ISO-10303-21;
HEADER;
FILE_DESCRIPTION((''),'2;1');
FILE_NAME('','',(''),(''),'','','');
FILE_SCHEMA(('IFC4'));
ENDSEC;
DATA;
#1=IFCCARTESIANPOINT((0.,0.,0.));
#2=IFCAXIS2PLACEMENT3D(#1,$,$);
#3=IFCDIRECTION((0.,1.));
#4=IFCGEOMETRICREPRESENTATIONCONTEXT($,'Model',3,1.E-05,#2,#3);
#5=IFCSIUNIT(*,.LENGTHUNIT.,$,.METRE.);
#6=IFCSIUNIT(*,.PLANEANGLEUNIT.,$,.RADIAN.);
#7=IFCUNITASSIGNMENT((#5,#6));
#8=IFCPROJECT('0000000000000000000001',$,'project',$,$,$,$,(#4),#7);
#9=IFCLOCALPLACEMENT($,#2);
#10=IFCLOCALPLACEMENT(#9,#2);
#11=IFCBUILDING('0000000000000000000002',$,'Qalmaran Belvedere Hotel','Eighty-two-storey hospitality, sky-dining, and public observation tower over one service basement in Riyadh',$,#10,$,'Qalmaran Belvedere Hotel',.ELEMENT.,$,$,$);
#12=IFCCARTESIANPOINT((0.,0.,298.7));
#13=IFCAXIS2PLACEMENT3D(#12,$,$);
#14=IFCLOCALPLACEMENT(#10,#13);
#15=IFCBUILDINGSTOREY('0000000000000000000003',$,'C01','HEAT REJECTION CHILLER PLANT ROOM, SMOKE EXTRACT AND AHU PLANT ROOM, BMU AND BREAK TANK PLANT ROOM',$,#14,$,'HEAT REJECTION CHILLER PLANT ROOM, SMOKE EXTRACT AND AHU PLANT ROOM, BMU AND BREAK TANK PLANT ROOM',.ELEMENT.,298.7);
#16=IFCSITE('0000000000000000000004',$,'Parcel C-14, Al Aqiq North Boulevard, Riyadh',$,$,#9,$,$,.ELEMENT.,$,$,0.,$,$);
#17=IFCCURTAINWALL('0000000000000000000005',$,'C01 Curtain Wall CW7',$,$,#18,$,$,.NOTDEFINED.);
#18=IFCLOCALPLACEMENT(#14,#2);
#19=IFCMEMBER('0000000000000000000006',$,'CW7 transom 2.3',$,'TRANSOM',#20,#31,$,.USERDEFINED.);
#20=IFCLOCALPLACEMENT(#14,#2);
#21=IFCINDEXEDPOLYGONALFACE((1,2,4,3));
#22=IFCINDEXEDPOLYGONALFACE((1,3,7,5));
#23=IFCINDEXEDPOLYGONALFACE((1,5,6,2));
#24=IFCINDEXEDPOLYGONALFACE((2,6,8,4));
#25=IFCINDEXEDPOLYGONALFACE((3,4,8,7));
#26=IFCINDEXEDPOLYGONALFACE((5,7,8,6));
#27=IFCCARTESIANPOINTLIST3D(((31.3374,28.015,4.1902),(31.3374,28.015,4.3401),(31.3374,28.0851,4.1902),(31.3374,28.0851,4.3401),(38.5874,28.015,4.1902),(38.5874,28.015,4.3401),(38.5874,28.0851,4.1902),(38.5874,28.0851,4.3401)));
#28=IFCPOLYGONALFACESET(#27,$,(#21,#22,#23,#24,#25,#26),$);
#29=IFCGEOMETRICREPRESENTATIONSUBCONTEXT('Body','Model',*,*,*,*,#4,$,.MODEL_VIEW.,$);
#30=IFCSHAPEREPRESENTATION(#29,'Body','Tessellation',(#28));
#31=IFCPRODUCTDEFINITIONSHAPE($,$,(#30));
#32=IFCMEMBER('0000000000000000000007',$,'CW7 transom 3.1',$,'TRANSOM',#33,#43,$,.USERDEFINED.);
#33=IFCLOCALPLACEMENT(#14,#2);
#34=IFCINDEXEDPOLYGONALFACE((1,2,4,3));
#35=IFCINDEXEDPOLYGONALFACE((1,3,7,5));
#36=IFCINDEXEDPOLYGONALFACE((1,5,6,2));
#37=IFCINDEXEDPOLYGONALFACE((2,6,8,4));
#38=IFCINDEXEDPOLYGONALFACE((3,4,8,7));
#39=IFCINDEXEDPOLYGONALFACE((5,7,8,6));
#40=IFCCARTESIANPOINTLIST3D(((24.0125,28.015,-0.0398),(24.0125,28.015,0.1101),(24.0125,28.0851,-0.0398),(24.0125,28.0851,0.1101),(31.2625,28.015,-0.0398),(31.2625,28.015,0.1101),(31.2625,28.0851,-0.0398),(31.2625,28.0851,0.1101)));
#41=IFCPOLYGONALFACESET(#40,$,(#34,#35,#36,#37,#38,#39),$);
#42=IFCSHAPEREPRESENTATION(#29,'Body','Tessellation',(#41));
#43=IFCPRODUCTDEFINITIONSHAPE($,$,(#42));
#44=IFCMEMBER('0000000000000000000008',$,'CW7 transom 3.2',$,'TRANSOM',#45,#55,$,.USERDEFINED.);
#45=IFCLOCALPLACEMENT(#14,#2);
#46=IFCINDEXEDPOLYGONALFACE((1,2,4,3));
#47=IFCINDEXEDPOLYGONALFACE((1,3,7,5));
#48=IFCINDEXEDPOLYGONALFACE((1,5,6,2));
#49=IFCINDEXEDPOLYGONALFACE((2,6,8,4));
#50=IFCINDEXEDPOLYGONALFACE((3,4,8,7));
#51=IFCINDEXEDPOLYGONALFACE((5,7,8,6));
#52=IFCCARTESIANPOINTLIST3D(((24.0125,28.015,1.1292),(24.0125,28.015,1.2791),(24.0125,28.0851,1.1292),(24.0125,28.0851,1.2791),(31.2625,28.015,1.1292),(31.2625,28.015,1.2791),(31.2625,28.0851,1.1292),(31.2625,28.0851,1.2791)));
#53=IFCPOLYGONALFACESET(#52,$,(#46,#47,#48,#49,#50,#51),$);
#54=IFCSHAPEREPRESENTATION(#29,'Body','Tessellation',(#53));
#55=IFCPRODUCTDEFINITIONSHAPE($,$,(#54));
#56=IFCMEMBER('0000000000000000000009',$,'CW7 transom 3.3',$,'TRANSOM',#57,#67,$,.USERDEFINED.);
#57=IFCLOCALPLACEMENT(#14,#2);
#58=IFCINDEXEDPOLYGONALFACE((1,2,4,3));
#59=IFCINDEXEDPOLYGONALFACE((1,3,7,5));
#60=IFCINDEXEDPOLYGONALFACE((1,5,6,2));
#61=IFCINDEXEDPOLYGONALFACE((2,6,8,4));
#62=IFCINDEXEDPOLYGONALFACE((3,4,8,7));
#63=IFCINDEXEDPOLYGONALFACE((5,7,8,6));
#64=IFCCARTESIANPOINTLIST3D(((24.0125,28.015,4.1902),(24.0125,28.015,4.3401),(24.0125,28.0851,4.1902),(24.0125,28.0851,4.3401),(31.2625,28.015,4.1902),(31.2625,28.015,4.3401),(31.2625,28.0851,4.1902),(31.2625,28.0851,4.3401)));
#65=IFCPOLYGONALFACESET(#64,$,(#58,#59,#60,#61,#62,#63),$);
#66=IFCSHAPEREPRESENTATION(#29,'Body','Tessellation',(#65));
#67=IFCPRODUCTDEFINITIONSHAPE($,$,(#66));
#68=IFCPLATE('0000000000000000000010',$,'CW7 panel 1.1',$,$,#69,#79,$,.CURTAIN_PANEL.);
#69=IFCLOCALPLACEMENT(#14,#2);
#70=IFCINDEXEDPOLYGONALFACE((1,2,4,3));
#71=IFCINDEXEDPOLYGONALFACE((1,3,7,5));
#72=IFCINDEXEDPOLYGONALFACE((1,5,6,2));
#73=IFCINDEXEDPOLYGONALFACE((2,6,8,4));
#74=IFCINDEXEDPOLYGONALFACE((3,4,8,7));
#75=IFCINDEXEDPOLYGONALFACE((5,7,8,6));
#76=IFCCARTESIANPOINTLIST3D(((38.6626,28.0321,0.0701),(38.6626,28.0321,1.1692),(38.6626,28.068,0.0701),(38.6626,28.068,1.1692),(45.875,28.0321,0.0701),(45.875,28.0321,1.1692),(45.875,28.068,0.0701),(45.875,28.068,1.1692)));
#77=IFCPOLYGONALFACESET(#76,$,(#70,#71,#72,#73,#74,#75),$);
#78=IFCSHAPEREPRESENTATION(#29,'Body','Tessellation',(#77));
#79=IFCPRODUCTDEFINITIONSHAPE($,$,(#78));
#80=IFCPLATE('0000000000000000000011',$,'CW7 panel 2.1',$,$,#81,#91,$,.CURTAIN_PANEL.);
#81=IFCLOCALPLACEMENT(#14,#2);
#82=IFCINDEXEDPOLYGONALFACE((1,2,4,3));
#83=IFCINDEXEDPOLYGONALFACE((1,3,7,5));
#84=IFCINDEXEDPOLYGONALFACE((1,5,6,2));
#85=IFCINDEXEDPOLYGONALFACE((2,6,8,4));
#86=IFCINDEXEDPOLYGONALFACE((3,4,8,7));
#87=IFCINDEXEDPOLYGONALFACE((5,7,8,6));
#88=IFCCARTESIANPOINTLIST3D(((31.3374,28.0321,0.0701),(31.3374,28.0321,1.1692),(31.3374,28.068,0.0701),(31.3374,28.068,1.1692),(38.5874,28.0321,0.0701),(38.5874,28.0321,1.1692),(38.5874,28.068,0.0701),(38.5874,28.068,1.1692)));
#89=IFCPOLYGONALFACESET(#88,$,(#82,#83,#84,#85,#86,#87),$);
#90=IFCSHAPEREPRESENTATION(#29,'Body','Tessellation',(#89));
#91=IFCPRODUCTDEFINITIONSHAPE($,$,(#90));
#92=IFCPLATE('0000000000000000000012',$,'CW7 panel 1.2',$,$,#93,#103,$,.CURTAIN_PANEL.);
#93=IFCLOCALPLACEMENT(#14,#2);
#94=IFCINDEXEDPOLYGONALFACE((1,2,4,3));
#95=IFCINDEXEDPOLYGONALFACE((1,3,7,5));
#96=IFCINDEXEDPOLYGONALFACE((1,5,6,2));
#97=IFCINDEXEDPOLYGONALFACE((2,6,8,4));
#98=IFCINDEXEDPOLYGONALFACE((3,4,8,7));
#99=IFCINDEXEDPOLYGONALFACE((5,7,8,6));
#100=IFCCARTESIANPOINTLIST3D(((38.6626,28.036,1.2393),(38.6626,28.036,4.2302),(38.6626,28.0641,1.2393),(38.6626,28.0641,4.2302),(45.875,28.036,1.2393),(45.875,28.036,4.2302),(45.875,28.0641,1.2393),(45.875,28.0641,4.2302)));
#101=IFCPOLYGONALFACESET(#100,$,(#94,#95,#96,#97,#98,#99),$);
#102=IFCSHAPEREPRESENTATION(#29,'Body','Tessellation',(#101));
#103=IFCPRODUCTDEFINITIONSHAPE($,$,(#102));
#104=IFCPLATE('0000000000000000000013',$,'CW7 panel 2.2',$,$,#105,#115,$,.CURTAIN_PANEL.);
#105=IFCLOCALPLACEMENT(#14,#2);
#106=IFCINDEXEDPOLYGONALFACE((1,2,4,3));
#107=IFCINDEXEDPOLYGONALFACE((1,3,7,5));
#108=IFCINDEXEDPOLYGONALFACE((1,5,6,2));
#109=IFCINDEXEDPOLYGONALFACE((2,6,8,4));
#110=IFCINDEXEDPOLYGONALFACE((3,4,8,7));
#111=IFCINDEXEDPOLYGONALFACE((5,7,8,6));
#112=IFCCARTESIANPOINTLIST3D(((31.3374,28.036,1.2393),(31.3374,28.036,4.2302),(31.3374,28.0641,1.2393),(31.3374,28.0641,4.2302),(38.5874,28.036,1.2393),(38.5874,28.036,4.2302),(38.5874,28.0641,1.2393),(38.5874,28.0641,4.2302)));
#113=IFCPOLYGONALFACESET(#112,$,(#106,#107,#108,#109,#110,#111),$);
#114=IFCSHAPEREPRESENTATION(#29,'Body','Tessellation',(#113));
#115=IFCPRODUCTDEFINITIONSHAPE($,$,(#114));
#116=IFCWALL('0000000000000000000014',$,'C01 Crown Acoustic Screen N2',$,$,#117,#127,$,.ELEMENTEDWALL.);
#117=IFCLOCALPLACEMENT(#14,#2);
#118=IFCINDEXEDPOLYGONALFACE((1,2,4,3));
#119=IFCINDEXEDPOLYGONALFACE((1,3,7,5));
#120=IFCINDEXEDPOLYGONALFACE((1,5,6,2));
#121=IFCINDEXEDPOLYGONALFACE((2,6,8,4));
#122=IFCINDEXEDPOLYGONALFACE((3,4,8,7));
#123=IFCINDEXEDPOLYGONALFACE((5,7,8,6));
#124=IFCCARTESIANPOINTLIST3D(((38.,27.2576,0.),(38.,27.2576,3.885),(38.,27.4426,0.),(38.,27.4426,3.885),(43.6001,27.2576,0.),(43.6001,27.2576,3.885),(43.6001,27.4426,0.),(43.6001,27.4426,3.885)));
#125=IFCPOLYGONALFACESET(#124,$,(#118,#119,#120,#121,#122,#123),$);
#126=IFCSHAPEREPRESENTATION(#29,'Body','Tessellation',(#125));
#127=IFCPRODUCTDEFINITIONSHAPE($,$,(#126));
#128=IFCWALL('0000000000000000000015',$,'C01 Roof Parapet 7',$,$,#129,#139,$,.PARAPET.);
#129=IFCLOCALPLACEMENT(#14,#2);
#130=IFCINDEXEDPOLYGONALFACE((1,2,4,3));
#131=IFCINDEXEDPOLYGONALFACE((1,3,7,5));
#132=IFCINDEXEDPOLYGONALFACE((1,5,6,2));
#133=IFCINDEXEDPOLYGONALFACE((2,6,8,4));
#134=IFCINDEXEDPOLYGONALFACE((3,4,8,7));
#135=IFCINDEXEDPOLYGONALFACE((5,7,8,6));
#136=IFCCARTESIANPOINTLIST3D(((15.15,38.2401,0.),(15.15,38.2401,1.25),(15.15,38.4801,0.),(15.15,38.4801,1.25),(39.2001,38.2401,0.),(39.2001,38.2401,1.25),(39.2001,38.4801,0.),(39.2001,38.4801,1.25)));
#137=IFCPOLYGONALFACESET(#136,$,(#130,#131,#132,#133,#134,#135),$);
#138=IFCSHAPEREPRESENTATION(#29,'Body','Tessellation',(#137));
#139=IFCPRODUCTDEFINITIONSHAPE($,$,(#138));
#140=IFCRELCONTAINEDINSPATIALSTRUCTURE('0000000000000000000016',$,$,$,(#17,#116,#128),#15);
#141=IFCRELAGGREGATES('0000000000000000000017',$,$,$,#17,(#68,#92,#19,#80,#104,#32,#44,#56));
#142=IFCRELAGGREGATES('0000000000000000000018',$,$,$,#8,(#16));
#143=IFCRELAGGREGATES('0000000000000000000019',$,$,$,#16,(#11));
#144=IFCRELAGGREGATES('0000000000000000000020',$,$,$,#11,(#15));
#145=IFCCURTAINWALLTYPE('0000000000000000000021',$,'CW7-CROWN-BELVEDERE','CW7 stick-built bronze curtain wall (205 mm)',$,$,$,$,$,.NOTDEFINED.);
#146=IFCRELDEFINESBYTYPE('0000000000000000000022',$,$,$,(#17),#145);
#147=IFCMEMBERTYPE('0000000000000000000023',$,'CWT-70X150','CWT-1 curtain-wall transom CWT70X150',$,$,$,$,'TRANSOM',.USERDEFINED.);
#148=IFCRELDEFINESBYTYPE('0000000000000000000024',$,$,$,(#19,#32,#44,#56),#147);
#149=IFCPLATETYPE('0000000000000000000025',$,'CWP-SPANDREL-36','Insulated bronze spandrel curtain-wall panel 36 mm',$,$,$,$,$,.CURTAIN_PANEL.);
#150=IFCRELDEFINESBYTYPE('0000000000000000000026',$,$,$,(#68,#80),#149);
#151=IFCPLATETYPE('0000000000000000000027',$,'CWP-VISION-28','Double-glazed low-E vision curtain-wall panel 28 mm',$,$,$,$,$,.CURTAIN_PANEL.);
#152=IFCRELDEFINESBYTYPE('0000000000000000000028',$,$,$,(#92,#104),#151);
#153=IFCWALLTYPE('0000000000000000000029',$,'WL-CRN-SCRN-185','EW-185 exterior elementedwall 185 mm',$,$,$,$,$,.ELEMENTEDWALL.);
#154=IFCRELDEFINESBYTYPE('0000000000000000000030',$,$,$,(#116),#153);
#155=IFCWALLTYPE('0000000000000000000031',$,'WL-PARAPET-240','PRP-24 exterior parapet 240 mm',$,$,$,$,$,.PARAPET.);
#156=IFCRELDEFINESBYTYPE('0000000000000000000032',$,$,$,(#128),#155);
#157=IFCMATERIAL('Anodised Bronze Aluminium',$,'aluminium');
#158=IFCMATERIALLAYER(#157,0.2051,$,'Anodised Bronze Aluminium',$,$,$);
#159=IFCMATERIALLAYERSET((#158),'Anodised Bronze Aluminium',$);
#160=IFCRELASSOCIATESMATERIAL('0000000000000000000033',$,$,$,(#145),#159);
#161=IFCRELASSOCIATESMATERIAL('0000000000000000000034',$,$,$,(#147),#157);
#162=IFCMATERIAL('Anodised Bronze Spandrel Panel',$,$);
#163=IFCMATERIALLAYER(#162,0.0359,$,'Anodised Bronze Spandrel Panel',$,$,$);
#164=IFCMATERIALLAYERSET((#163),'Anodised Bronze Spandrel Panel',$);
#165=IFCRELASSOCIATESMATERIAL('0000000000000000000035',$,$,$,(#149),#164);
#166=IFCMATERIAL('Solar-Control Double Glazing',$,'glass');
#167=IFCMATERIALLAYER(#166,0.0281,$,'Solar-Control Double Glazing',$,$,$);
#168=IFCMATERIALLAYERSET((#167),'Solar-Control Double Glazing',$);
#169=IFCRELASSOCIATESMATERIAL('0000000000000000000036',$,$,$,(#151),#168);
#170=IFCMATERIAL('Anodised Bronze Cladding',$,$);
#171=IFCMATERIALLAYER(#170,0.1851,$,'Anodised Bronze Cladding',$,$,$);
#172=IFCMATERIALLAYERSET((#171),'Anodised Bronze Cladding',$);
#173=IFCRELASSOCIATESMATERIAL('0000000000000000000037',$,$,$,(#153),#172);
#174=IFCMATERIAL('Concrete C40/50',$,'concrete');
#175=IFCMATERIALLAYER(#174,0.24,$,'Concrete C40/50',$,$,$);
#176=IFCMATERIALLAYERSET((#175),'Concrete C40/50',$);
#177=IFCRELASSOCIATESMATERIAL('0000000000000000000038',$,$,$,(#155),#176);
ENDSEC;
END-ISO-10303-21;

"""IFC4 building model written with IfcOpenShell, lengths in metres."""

from ifc_helpers import new_model, si_unit, direction, frame, frame_2d, origin, origin_2d, place, context, subcontext, project, spatial, rectangle, extrude, material, layer, layer_set, material_profile, profile_set, type_object, element, aggregate, save


model = new_model("IFC4")

# Units and contexts
model_context = context("Model", 3, precision=1e-05, world=origin(), true_north=direction((0.0, 1.0)))
body_context = subcontext(model_context, "Body", "Model", "MODEL_VIEW")
ifc_project = project(units=[si_unit("LENGTHUNIT", "METRE"), si_unit("PLANEANGLEUNIT", "RADIAN")], contexts=[model_context])

# Site, building, storey
site_placement = place(None, origin())
site = spatial("IfcSite", under=ifc_project, at=site_placement, Name="Parcel C-14, Al Aqiq North Boulevard, Riyadh", CompositionType="ELEMENT", RefElevation=0.0)
building_placement = place(site_placement, origin())
building = spatial("IfcBuilding", under=site, at=building_placement, Name="Qalmaran Belvedere Hotel", Description="Eighty-two-storey hospitality, sky-dining, and public observation tower over one service basement in Riyadh", LongName="Qalmaran Belvedere Hotel", CompositionType="ELEMENT")
storey_placement = place(building_placement, frame((0.0, 0.0, 298.7)))
storey = spatial("IfcBuildingStorey", under=building, at=storey_placement, Name="C01", Description="HEAT REJECTION CHILLER PLANT ROOM, SMOKE EXTRACT AND AHU PLANT ROOM, BMU AND BREAK TANK PLANT ROOM", LongName="HEAT REJECTION CHILLER PLANT ROOM, SMOKE EXTRACT AND AHU PLANT ROOM, BMU AND BREAK TANK PLANT ROOM", CompositionType="ELEMENT", Elevation=298.7)

# Curtain wall
ifc_material_1 = material(Name="Anodised Bronze Aluminium", Category="aluminium")
ifc_layer_1 = layer(ifc_material_1, 0.2051, Name="Anodised Bronze Aluminium")
ifc_layer_set_1 = layer_set([ifc_layer_1], Name="Anodised Bronze Aluminium")
curtain_wall_type = type_object("IfcCurtainWallType", Name="CW7-CROWN-BELVEDERE", Description="CW7 stick-built bronze curtain wall (205 mm)", PredefinedType="NOTDEFINED", material=ifc_layer_set_1)
curtain_wall_1_placement = place(storey_placement, origin())
curtain_wall_1 = element("IfcCurtainWall", 1, at=curtain_wall_1_placement, inside=storey, type_object=curtain_wall_type, Name="C01 Curtain Wall CW7", PredefinedType="NOTDEFINED")

# Members
ifc_material_profile_1 = material_profile(ifc_material_1, rectangle(XDim=0.0701, YDim=0.1499, at=origin_2d()), Name="CWT70X150")
ifc_profile_set_1 = profile_set([ifc_material_profile_1], Name="Anodised Bronze Aluminium")
member_type_1 = type_object("IfcMemberType", Name="CWT-70X150", Description="CWT-1 curtain-wall transom CWT70X150", ElementType="TRANSOM", PredefinedType="USERDEFINED", material=ifc_profile_set_1)
member_1_placement = place(storey_placement, frame((38.5874, 28.05, 4.2651), z_axis=(-1.0, 0.0, 0.0), x_axis=(0.0, -1.0, 0.0)))
member_1 = element("IfcMember", 2, at=member_1_placement, type_object=member_type_1, Name="CW7 transom 2.3", ObjectType="TRANSOM", PredefinedType="USERDEFINED", context=body_context, shape_type="SweptSolid", body=[
    extrude(rectangle(XDim=0.0701, YDim=0.1499, at=origin_2d()), origin(), (0.0, 0.0, 1.0), 7.25),
])
member_2_placement = place(storey_placement, frame((31.2625, 28.05, 0.0352), z_axis=(-1.0, 0.0, 0.0), x_axis=(0.0, -1.0, 0.0)))
member_2 = element("IfcMember", 3, at=member_2_placement, type_object=member_type_1, Name="CW7 transom 3.1", ObjectType="TRANSOM", PredefinedType="USERDEFINED", context=body_context, shape_type="SweptSolid", body=[
    extrude(rectangle(XDim=0.0701, YDim=0.1499, at=origin_2d()), origin(), (0.0, 0.0, 1.0), 7.25),
])
member_3_placement = place(storey_placement, frame((31.2625, 28.05, 1.2041), z_axis=(-1.0, 0.0, 0.0), x_axis=(0.0, -1.0, 0.0)))
member_3 = element("IfcMember", 4, at=member_3_placement, type_object=member_type_1, Name="CW7 transom 3.2", ObjectType="TRANSOM", PredefinedType="USERDEFINED", context=body_context, shape_type="SweptSolid", body=[
    extrude(rectangle(XDim=0.0701, YDim=0.1499, at=origin_2d()), origin(), (0.0, 0.0, 1.0), 7.25),
])
member_4_placement = place(storey_placement, frame((31.2625, 28.05, 4.2651), z_axis=(-1.0, 0.0, 0.0), x_axis=(0.0, -1.0, 0.0)))
member_4 = element("IfcMember", 5, at=member_4_placement, type_object=member_type_1, Name="CW7 transom 3.3", ObjectType="TRANSOM", PredefinedType="USERDEFINED", context=body_context, shape_type="SweptSolid", body=[
    extrude(rectangle(XDim=0.0701, YDim=0.1499, at=origin_2d()), origin(), (0.0, 0.0, 1.0), 7.25),
])

# Plates
ifc_material_2 = material(Name="Anodised Bronze Spandrel Panel")
ifc_layer_2 = layer(ifc_material_2, 0.0359, Name="Anodised Bronze Spandrel Panel")
ifc_layer_set_2 = layer_set([ifc_layer_2], Name="Anodised Bronze Spandrel Panel")
plate_type_1 = type_object("IfcPlateType", Name="CWP-SPANDREL-36", Description="Insulated bronze spandrel curtain-wall panel 36 mm", PredefinedType="CURTAIN_PANEL", material=ifc_layer_set_2)
plate_1_placement = place(storey_placement, frame((42.2688, 28.05, 0.0701), z_axis=(0.0, 0.0, 1.0), x_axis=(-1.0, 0.0, 0.0)))
plate_1 = element("IfcPlate", 6, at=plate_1_placement, type_object=plate_type_1, Name="CW7 panel 1.1", PredefinedType="CURTAIN_PANEL", context=body_context, shape_type="SweptSolid", body=[
    extrude(rectangle(XDim=7.2124, YDim=0.0359, at=origin_2d()), origin(), (0.0, 0.0, 1.0), 1.0991),
])
plate_2_placement = place(storey_placement, frame((34.9624, 28.05, 0.0701), z_axis=(0.0, 0.0, 1.0), x_axis=(-1.0, 0.0, 0.0)))
plate_2 = element("IfcPlate", 7, at=plate_2_placement, type_object=plate_type_1, Name="CW7 panel 2.1", PredefinedType="CURTAIN_PANEL", context=body_context, shape_type="SweptSolid", body=[
    extrude(rectangle(XDim=7.25, YDim=0.0359, at=origin_2d()), origin(), (0.0, 0.0, 1.0), 1.0991),
])
ifc_material_3 = material(Name="Solar-Control Double Glazing", Category="glass")
ifc_layer_3 = layer(ifc_material_3, 0.0281, Name="Solar-Control Double Glazing")
ifc_layer_set_3 = layer_set([ifc_layer_3], Name="Solar-Control Double Glazing")
plate_type_2 = type_object("IfcPlateType", Name="CWP-VISION-28", Description="Double-glazed low-E vision curtain-wall panel 28 mm", PredefinedType="CURTAIN_PANEL", material=ifc_layer_set_3)
plate_3_placement = place(storey_placement, frame((42.2688, 28.05, 1.2393), z_axis=(0.0, 0.0, 1.0), x_axis=(-1.0, 0.0, 0.0)))
plate_3 = element("IfcPlate", 8, at=plate_3_placement, type_object=plate_type_2, Name="CW7 panel 1.2", PredefinedType="CURTAIN_PANEL", context=body_context, shape_type="SweptSolid", body=[
    extrude(rectangle(XDim=7.2124, YDim=0.0281, at=origin_2d()), origin(), (0.0, 0.0, 1.0), 2.991),
])
plate_4_placement = place(storey_placement, frame((34.9624, 28.05, 1.2393), z_axis=(0.0, 0.0, 1.0), x_axis=(-1.0, 0.0, 0.0)))
plate_4 = element("IfcPlate", 9, at=plate_4_placement, type_object=plate_type_2, Name="CW7 panel 2.2", PredefinedType="CURTAIN_PANEL", context=body_context, shape_type="SweptSolid", body=[
    extrude(rectangle(XDim=7.25, YDim=0.0281, at=origin_2d()), origin(), (0.0, 0.0, 1.0), 2.991),
])
aggregate(curtain_wall_1, [plate_1, plate_3, member_1, plate_2, plate_4, member_2, member_3, member_4])

# Walls
ifc_material_4 = material(Name="Anodised Bronze Cladding")
ifc_layer_4 = layer(ifc_material_4, 0.1851, Name="Anodised Bronze Cladding")
ifc_layer_set_4 = layer_set([ifc_layer_4], Name="Anodised Bronze Cladding")
wall_type_1 = type_object("IfcWallType", Name="WL-CRN-SCRN-185", Description="EW-185 exterior elementedwall 185 mm", PredefinedType="ELEMENTEDWALL", material=ifc_layer_set_4)
wall_1_placement = place(storey_placement, frame((38.0, 27.3501, 0.0), z_axis=(0.0, 0.0, 1.0), x_axis=(1.0, 0.0, 0.0)))
element("IfcWall", 10, at=wall_1_placement, inside=storey, type_object=wall_type_1, Name="C01 Crown Acoustic Screen N2", PredefinedType="ELEMENTEDWALL", context=body_context, shape_type="SweptSolid", body=[
    extrude(rectangle(XDim=5.6001, YDim=0.1851, at=frame_2d((2.8, 0.0))), origin(), (0.0, 0.0, 1.0), 3.885),
])
ifc_material_5 = material(Name="Concrete C40/50", Category="concrete")
ifc_layer_5 = layer(ifc_material_5, 0.24, Name="Concrete C40/50")
ifc_layer_set_5 = layer_set([ifc_layer_5], Name="Concrete C40/50")
wall_type_2 = type_object("IfcWallType", Name="WL-PARAPET-240", Description="PRP-24 exterior parapet 240 mm", PredefinedType="PARAPET", material=ifc_layer_set_5)
wall_2_placement = place(storey_placement, frame((39.2, 38.3601, 0.0), z_axis=(0.0, 0.0, 1.0), x_axis=(-1.0, 0.0, 0.0)))
element("IfcWall", 11, at=wall_2_placement, inside=storey, type_object=wall_type_2, Name="C01 Roof Parapet 7", PredefinedType="PARAPET", context=body_context, shape_type="SweptSolid", body=[
    extrude(rectangle(XDim=24.05, YDim=0.24, at=frame_2d((12.0249, 0.0))), origin(), (0.0, 0.0, 1.0), 1.25),
])

save(model, "model.ifc")
